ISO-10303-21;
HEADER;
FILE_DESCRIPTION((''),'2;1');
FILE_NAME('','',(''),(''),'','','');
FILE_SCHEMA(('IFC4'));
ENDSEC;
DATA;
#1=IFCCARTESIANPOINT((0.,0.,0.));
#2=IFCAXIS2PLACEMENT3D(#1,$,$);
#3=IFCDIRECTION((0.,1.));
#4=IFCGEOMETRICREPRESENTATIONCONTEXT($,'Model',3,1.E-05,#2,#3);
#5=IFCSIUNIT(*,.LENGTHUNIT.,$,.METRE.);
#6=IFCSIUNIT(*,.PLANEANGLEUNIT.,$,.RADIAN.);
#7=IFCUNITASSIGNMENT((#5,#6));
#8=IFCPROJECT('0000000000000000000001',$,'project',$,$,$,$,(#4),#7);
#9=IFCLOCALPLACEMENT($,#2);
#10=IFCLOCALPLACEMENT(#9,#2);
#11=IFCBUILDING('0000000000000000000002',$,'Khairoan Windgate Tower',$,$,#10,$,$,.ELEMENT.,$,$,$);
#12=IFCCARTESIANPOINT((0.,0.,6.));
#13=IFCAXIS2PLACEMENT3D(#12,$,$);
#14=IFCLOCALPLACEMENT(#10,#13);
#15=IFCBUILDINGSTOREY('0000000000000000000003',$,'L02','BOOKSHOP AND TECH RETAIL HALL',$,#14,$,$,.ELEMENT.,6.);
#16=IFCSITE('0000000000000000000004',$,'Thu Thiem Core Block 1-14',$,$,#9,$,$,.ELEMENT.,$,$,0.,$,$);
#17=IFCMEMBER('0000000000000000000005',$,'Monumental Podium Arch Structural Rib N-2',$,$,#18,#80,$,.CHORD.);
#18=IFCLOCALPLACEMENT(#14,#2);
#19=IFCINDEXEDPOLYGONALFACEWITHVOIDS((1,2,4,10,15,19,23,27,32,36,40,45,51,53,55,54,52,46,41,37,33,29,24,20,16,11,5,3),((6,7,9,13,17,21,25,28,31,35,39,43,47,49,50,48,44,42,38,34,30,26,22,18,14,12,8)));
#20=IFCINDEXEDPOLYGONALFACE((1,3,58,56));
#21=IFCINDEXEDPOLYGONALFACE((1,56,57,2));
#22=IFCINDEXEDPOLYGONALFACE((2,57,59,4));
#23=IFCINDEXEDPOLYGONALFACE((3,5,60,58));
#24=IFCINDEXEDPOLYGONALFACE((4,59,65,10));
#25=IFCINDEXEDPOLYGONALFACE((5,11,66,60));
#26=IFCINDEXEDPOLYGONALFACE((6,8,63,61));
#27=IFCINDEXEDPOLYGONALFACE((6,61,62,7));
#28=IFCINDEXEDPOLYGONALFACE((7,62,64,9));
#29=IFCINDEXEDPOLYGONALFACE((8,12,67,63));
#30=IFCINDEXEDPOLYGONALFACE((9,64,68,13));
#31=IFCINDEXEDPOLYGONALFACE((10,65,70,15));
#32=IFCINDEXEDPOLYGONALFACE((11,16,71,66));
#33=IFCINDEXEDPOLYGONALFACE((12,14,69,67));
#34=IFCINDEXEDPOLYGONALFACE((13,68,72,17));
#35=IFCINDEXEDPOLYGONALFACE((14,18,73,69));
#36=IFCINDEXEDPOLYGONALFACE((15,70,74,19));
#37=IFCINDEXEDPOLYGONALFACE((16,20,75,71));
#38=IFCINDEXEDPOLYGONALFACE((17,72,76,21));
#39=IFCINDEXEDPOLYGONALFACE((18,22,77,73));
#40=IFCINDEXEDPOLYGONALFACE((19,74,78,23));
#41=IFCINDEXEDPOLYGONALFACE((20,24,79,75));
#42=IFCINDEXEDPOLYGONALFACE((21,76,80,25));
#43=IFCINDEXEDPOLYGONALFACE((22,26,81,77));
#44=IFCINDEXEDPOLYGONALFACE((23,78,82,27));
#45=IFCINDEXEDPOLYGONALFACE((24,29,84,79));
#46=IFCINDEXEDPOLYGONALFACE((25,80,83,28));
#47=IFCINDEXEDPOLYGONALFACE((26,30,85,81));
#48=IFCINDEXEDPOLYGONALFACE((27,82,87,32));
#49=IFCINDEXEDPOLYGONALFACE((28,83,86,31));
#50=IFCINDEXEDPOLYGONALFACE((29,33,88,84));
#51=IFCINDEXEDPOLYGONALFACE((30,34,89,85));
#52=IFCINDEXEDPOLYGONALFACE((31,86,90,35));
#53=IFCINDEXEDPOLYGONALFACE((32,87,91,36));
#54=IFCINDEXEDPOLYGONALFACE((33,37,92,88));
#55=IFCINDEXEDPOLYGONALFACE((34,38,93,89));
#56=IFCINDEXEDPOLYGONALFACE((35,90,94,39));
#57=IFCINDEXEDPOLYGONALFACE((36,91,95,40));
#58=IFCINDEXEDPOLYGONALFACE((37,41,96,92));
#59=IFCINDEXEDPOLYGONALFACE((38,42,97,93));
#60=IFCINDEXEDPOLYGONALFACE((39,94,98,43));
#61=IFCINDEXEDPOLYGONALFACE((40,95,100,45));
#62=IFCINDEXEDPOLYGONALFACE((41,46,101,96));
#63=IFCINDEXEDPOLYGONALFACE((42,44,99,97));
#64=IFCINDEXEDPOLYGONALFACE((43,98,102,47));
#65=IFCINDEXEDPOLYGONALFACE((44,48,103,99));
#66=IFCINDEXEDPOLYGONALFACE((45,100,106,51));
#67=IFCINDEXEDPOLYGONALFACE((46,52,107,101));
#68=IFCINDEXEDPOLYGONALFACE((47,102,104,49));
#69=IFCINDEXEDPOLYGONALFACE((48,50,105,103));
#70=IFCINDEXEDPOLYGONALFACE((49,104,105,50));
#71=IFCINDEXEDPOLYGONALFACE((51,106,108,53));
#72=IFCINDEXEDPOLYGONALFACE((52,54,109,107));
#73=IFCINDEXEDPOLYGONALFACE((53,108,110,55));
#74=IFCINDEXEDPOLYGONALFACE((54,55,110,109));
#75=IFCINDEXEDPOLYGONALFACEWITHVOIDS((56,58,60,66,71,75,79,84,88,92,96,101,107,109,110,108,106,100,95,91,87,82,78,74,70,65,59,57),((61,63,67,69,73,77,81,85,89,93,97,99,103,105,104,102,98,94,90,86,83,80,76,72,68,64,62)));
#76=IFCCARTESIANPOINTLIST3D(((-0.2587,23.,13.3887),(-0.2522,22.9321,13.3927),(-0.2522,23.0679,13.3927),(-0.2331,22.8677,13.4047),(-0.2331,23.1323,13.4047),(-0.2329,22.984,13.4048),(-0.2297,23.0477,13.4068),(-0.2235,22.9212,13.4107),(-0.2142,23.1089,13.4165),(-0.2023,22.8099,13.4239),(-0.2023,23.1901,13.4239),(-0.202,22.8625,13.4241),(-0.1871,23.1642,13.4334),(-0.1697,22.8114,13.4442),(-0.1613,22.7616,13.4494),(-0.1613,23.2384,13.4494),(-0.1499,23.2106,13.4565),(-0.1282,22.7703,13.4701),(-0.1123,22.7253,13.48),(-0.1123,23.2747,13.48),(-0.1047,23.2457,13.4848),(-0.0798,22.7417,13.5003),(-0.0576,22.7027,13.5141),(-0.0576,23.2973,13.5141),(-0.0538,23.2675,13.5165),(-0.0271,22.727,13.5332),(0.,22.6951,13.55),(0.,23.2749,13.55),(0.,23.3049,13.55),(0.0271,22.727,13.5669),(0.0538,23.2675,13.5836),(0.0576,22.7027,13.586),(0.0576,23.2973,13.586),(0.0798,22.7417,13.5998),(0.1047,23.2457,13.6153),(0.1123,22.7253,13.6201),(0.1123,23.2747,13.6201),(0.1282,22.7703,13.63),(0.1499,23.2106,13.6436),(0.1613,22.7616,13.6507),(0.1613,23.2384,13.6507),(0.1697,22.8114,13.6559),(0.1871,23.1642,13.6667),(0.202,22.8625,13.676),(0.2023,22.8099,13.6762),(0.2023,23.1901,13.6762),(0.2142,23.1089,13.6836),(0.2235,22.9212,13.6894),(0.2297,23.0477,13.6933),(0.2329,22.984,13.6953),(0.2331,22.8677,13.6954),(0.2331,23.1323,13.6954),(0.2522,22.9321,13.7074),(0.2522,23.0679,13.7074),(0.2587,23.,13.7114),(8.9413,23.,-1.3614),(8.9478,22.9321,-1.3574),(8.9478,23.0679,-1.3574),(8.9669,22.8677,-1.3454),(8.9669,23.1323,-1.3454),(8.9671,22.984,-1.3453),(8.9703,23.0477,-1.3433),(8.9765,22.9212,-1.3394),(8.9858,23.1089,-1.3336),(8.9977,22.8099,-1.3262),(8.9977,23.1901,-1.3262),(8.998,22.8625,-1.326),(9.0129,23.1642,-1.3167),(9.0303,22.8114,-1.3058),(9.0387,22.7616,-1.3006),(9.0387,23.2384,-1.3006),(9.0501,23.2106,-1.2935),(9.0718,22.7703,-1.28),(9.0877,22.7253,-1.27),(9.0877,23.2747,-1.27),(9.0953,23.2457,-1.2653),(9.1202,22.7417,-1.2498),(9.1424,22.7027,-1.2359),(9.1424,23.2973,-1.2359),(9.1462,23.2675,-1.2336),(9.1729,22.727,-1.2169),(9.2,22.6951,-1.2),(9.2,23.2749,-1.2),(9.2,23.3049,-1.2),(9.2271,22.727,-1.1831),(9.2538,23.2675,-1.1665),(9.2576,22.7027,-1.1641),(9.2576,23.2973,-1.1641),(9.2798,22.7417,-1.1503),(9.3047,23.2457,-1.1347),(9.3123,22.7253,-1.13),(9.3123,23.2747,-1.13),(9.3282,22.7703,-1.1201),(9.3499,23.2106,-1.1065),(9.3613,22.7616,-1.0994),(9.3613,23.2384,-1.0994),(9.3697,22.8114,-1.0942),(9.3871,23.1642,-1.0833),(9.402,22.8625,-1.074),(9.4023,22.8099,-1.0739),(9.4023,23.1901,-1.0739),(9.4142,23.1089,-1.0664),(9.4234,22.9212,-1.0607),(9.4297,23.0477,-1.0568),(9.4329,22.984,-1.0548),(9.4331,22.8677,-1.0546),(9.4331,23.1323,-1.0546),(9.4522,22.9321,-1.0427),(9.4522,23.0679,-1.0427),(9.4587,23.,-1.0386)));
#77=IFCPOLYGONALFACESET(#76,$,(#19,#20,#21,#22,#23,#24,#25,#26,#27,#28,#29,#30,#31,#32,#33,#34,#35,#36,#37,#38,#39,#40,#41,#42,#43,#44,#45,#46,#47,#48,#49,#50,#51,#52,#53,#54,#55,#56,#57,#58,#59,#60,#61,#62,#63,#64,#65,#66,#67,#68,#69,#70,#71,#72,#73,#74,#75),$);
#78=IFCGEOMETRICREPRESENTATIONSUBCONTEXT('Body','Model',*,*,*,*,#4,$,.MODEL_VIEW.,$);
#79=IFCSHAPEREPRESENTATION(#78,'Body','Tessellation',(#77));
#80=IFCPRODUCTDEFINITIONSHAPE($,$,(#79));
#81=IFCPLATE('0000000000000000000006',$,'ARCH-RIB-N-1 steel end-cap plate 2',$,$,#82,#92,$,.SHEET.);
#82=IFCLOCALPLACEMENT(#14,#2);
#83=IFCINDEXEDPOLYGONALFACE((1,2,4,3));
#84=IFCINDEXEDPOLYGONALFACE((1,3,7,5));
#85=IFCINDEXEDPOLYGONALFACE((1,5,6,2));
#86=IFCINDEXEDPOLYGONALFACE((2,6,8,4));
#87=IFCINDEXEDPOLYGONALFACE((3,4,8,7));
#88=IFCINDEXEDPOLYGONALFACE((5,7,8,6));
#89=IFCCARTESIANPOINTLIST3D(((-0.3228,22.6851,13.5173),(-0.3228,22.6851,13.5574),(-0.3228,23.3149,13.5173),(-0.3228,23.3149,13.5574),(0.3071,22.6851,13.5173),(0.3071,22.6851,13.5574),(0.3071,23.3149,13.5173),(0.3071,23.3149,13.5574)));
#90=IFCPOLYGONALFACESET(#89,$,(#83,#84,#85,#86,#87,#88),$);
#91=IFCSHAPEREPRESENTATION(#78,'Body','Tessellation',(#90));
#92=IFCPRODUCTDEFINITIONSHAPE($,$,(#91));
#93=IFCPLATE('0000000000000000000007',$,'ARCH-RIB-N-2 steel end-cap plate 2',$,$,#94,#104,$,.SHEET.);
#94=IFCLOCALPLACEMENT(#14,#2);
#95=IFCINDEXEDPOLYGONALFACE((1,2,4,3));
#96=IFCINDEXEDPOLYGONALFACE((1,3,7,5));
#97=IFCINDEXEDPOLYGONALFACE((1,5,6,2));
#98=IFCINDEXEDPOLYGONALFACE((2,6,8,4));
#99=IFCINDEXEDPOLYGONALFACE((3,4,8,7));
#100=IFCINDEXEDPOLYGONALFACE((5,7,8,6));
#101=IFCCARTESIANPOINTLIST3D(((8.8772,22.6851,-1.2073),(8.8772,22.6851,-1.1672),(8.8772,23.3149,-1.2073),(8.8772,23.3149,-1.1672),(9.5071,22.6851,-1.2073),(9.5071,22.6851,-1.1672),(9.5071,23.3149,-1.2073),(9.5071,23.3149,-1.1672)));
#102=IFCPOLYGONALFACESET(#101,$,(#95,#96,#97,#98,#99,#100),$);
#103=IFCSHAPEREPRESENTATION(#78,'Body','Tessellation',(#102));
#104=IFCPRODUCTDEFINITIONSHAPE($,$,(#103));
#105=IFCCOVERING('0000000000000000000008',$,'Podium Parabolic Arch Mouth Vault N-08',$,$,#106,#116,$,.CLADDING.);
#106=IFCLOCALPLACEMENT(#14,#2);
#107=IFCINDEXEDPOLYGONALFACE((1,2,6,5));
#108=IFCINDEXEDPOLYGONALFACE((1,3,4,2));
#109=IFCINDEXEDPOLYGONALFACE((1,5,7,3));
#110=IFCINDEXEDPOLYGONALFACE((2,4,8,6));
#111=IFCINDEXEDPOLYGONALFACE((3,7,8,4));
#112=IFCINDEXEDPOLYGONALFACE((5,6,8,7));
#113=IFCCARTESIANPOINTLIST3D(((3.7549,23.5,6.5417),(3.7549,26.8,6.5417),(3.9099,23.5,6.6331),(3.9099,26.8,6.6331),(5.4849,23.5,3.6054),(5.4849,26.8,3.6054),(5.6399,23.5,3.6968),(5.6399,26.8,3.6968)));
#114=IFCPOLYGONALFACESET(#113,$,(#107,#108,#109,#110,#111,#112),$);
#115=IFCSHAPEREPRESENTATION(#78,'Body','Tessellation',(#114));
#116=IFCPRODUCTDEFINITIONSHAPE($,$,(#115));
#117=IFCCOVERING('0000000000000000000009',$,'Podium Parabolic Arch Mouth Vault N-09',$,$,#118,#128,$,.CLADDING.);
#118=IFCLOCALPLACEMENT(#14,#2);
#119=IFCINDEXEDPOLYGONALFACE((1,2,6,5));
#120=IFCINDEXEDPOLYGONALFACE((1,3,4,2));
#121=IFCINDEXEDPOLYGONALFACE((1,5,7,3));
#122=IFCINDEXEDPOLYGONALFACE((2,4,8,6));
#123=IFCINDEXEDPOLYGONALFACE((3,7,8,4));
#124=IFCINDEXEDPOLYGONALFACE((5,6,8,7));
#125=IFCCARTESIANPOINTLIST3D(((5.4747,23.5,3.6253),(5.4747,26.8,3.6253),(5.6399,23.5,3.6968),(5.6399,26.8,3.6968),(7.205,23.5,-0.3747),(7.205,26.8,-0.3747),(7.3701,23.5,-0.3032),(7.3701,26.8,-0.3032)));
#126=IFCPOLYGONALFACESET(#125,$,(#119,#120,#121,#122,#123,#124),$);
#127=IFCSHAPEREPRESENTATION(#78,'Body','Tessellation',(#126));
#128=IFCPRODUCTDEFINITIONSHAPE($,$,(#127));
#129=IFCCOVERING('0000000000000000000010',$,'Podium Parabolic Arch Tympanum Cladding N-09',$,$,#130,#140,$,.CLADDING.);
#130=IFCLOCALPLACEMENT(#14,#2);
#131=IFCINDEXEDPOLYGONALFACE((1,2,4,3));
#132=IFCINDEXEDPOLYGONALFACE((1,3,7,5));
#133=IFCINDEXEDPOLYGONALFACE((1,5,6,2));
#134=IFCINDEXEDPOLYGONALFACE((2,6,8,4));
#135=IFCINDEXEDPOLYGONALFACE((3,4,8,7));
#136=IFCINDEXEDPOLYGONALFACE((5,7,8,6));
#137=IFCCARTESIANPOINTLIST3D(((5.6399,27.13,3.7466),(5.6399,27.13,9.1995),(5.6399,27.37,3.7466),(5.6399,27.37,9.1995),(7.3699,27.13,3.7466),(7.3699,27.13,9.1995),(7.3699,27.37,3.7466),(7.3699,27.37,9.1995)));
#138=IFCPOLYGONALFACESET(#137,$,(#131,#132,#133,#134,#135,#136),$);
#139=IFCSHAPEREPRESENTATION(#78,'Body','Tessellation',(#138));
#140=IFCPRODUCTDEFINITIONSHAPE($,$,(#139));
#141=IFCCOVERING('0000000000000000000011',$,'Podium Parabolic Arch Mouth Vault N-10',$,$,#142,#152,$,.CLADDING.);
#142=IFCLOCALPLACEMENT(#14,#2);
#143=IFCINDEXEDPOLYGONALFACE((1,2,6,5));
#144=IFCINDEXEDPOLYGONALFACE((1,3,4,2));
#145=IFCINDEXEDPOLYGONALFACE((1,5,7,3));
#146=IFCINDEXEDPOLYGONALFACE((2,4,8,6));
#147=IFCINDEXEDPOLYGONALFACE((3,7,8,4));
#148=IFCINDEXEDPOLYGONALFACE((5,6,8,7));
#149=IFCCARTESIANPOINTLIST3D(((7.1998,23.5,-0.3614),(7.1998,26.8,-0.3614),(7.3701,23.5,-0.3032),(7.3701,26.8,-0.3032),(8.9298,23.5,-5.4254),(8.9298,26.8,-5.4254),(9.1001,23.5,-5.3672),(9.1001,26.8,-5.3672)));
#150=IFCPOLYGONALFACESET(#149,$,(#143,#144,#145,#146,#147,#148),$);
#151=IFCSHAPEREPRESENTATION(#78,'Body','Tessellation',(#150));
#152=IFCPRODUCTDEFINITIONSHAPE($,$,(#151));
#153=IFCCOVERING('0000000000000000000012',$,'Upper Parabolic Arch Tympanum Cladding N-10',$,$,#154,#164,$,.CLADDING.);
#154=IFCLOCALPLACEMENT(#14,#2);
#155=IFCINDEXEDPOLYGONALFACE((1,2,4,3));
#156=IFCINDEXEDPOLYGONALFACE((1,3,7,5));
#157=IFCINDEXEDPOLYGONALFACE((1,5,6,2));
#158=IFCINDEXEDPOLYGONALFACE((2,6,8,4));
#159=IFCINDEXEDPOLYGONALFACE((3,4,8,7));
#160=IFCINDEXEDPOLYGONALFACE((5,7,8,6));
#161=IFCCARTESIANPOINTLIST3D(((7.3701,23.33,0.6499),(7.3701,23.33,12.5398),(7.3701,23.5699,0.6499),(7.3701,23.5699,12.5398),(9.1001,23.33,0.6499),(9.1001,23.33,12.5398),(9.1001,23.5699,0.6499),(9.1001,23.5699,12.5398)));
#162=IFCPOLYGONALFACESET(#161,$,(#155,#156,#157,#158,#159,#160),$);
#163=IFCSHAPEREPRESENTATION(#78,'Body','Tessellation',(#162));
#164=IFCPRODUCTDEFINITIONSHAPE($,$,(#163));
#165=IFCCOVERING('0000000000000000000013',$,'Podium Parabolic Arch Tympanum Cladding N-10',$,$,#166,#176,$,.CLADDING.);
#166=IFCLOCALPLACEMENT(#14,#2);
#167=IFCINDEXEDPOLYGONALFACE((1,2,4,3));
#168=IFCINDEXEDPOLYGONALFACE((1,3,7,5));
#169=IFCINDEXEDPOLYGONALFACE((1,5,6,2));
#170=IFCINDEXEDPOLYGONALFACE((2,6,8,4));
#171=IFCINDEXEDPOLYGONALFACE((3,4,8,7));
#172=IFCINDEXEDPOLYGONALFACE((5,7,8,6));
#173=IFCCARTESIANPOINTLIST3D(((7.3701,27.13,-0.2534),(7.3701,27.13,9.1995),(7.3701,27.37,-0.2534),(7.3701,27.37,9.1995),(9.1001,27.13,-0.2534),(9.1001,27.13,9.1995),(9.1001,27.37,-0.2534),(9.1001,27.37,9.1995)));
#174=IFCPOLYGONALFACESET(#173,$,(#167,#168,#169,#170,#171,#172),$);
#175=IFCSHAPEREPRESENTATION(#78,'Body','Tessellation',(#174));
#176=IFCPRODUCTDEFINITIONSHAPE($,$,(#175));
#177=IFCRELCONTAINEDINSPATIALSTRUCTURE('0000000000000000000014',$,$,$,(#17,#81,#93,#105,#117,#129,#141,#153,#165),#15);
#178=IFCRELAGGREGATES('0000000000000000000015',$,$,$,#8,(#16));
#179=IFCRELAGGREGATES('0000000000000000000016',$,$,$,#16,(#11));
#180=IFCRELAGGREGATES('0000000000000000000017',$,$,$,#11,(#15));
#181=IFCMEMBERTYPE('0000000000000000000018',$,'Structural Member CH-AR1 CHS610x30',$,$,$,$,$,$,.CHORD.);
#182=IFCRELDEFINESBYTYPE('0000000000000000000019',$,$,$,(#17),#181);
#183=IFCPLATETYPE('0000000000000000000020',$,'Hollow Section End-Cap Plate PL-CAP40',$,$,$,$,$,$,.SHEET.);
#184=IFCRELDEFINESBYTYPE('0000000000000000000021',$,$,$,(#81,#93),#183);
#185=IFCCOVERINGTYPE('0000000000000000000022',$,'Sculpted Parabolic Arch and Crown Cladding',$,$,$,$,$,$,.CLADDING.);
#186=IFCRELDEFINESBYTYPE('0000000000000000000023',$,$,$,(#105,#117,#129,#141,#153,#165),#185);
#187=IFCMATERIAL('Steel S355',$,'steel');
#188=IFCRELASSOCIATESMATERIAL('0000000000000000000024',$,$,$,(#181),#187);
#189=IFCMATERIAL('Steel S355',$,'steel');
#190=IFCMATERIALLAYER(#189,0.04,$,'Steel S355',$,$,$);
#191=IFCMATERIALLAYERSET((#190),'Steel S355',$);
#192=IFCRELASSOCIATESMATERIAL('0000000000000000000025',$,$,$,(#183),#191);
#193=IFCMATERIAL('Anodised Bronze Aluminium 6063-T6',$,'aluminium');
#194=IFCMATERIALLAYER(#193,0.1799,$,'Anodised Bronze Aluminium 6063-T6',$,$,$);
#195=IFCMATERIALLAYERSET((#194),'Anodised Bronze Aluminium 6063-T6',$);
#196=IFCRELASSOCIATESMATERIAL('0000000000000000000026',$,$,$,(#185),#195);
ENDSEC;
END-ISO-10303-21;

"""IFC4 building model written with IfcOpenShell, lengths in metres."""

from ifc_helpers import new_model, si_unit, direction, frame, origin, origin_2d, place, context, subcontext, project, spatial, polyline, rectangle, hollow_circle, outline, extrude, material, layer, layer_set, material_profile, profile_set, type_object, element, save


model = new_model("IFC4")

# Units and contexts
model_context = context("Model", 3, precision=1e-05, world=origin(), true_north=direction((0.0, 1.0)))
body_context = subcontext(model_context, "Body", "Model", "MODEL_VIEW")
ifc_project = project(units=[si_unit("LENGTHUNIT", "METRE"), si_unit("PLANEANGLEUNIT", "RADIAN")], contexts=[model_context])

# Site, building, storey
site_placement = place(None, origin())
site = spatial("IfcSite", under=ifc_project, at=site_placement, Name="Thu Thiem Core Block 1-14", CompositionType="ELEMENT", RefElevation=0.0)
building_placement = place(site_placement, origin())
building = spatial("IfcBuilding", under=site, at=building_placement, Name="Khairoan Windgate Tower", CompositionType="ELEMENT")
storey_placement = place(building_placement, frame((0.0, 0.0, 6.0)))
storey = spatial("IfcBuildingStorey", under=building, at=storey_placement, Name="L02", Description="BOOKSHOP AND TECH RETAIL HALL", CompositionType="ELEMENT", Elevation=6.0)

# Member
ifc_material_1 = material(Name="Steel S355", Category="steel")
ifc_material_profile_1 = material_profile(ifc_material_1, hollow_circle(Radius=0.3049, WallThickness=0.03, at=origin_2d()))
ifc_profile_set_1 = profile_set([ifc_material_profile_1], Name="Steel S355")
member_type_1 = type_object("IfcMemberType", Name="Structural Member CH-AR1 CHS610x30", PredefinedType="CHORD", material=ifc_profile_set_1)
member_1_placement = place(storey_placement, frame((0.0, 23.0, 13.55), z_axis=(0.529221, 0.0, -0.848484), x_axis=(0.0, 1.0, 0.0)))
element("IfcMember", 1, at=member_1_placement, inside=storey, type_object=member_type_1, Name="Monumental Podium Arch Structural Rib N-2", PredefinedType="CHORD", context=body_context, shape_type="SweptSolid", body=[
    extrude(hollow_circle(Radius=0.3049, WallThickness=0.03, at=origin_2d()), origin(), (0.0, 0.0, 1.0), 17.384),
])

# Plates
ifc_material_2 = material(Name="Steel S355", Category="steel")
ifc_layer_1 = layer(ifc_material_2, 0.04, Name="Steel S355")
ifc_layer_set_1 = layer_set([ifc_layer_1], Name="Steel S355")
plate_type_1 = type_object("IfcPlateType", Name="Hollow Section End-Cap Plate PL-CAP40", PredefinedType="SHEET", material=ifc_layer_set_1)
for number, where, z_axis, x_axis, name in (
    (2, (-0.0078, 23.0, 13.5173), (0.0, 0.0, 1.0), (1.0, 0.0, 0.0), "ARCH-RIB-N-1 steel end-cap plate 2"),
    (3, (9.1921, 23.0, -1.2073), (0.0, 0.0, 1.0), (1.0, 0.0, 0.0), "ARCH-RIB-N-2 steel end-cap plate 2"),
):
    element("IfcPlate", number, at=place(storey_placement, frame(where, z_axis=z_axis, x_axis=x_axis)), inside=storey, type_object=plate_type_1, Name=name, PredefinedType="SHEET", context=body_context, shape_type="SweptSolid", body=[
        extrude(rectangle(XDim=0.6299, YDim=0.6299, at=origin_2d()), origin(), (0.0, 0.0, 1.0), 0.04),
    ])

# Coverings
ifc_material_3 = material(Name="Anodised Bronze Aluminium 6063-T6", Category="aluminium")
ifc_layer_2 = layer(ifc_material_3, 0.1799, Name="Anodised Bronze Aluminium 6063-T6")
ifc_layer_set_2 = layer_set([ifc_layer_2], Name="Anodised Bronze Aluminium 6063-T6")
covering_type = type_object("IfcCoveringType", Name="Sculpted Parabolic Arch and Crown Cladding", PredefinedType="CLADDING", material=ifc_layer_set_2)
covering_1_placement = place(storey_placement, frame((3.9099, 23.5, 6.6331), z_axis=(0.86158, 0.0, 0.507621), x_axis=(0.507621, 0.0, -0.86158)))
element("IfcCovering", 4, at=covering_1_placement, inside=storey, type_object=covering_type, Name="Podium Parabolic Arch Mouth Vault N-08", PredefinedType="CLADDING", context=body_context, shape_type="SweptSolid", body=[
    extrude(outline(polyline([(0.0, 0.0), (3.408, 0.0), (3.408, 3.3), (0.0, 3.3), (0.0, 0.0)])), origin(), (0.0, 0.0, -1.0), 0.1799),
])
covering_2_placement = place(storey_placement, frame((5.6399, 23.5, 3.6968), z_axis=(0.917816, 0.0, 0.397007), x_axis=(0.397007, 0.0, -0.917816)))
element("IfcCovering", 5, at=covering_2_placement, inside=storey, type_object=covering_type, Name="Podium Parabolic Arch Mouth Vault N-09", PredefinedType="CLADDING", context=body_context, shape_type="SweptSolid", body=[
    extrude(outline(polyline([(0.0, 0.0), (4.3582, 0.0), (4.3582, 3.3), (0.0, 3.3), (0.0, 0.0)])), origin(), (0.0, 0.0, -1.0), 0.1799),
])
covering_3_placement = place(storey_placement, frame((6.5049, 27.25, 3.7466), z_axis=(0.0, 0.0, 1.0), x_axis=(1.0, 0.0, 0.0)))
element("IfcCovering", 6, at=covering_3_placement, inside=storey, type_object=covering_type, Name="Podium Parabolic Arch Tympanum Cladding N-09", PredefinedType="CLADDING", context=body_context, shape_type="SweptSolid", body=[
    extrude(rectangle(XDim=1.73, YDim=0.24, at=origin_2d()), origin(), (0.0, 0.0, 1.0), 5.4529),
])
covering_4_placement = place(storey_placement, frame((7.3701, 23.5, -0.3032), z_axis=(0.946303, 0.0, 0.323281), x_axis=(0.323281, 0.0, -0.946303)))
element("IfcCovering", 7, at=covering_4_placement, inside=storey, type_object=covering_type, Name="Podium Parabolic Arch Mouth Vault N-10", PredefinedType="CLADDING", context=body_context, shape_type="SweptSolid", body=[
    extrude(outline(polyline([(0.0, 0.0), (5.3513, 0.0), (5.3513, 3.3), (0.0, 3.3), (0.0, 0.0)])), origin(), (0.0, 0.0, -1.0), 0.1799),
])
covering_5_placement = place(storey_placement, frame((8.2351, 23.45, 0.6499), z_axis=(0.0, 0.0, 1.0), x_axis=(1.0, 0.0, 0.0)))
element("IfcCovering", 8, at=covering_5_placement, inside=storey, type_object=covering_type, Name="Upper Parabolic Arch Tympanum Cladding N-10", PredefinedType="CLADDING", context=body_context, shape_type="SweptSolid", body=[
    extrude(rectangle(XDim=1.73, YDim=0.24, at=origin_2d()), origin(), (0.0, 0.0, 1.0), 11.8899),
])
covering_6_placement = place(storey_placement, frame((8.2351, 27.25, -0.2534), z_axis=(0.0, 0.0, 1.0), x_axis=(1.0, 0.0, 0.0)))
element("IfcCovering", 9, at=covering_6_placement, inside=storey, type_object=covering_type, Name="Podium Parabolic Arch Tympanum Cladding N-10", PredefinedType="CLADDING", context=body_context, shape_type="SweptSolid", body=[
    extrude(rectangle(XDim=1.73, YDim=0.24, at=origin_2d()), origin(), (0.0, 0.0, 1.0), 9.4529),
])

save(model, "model.ifc")
